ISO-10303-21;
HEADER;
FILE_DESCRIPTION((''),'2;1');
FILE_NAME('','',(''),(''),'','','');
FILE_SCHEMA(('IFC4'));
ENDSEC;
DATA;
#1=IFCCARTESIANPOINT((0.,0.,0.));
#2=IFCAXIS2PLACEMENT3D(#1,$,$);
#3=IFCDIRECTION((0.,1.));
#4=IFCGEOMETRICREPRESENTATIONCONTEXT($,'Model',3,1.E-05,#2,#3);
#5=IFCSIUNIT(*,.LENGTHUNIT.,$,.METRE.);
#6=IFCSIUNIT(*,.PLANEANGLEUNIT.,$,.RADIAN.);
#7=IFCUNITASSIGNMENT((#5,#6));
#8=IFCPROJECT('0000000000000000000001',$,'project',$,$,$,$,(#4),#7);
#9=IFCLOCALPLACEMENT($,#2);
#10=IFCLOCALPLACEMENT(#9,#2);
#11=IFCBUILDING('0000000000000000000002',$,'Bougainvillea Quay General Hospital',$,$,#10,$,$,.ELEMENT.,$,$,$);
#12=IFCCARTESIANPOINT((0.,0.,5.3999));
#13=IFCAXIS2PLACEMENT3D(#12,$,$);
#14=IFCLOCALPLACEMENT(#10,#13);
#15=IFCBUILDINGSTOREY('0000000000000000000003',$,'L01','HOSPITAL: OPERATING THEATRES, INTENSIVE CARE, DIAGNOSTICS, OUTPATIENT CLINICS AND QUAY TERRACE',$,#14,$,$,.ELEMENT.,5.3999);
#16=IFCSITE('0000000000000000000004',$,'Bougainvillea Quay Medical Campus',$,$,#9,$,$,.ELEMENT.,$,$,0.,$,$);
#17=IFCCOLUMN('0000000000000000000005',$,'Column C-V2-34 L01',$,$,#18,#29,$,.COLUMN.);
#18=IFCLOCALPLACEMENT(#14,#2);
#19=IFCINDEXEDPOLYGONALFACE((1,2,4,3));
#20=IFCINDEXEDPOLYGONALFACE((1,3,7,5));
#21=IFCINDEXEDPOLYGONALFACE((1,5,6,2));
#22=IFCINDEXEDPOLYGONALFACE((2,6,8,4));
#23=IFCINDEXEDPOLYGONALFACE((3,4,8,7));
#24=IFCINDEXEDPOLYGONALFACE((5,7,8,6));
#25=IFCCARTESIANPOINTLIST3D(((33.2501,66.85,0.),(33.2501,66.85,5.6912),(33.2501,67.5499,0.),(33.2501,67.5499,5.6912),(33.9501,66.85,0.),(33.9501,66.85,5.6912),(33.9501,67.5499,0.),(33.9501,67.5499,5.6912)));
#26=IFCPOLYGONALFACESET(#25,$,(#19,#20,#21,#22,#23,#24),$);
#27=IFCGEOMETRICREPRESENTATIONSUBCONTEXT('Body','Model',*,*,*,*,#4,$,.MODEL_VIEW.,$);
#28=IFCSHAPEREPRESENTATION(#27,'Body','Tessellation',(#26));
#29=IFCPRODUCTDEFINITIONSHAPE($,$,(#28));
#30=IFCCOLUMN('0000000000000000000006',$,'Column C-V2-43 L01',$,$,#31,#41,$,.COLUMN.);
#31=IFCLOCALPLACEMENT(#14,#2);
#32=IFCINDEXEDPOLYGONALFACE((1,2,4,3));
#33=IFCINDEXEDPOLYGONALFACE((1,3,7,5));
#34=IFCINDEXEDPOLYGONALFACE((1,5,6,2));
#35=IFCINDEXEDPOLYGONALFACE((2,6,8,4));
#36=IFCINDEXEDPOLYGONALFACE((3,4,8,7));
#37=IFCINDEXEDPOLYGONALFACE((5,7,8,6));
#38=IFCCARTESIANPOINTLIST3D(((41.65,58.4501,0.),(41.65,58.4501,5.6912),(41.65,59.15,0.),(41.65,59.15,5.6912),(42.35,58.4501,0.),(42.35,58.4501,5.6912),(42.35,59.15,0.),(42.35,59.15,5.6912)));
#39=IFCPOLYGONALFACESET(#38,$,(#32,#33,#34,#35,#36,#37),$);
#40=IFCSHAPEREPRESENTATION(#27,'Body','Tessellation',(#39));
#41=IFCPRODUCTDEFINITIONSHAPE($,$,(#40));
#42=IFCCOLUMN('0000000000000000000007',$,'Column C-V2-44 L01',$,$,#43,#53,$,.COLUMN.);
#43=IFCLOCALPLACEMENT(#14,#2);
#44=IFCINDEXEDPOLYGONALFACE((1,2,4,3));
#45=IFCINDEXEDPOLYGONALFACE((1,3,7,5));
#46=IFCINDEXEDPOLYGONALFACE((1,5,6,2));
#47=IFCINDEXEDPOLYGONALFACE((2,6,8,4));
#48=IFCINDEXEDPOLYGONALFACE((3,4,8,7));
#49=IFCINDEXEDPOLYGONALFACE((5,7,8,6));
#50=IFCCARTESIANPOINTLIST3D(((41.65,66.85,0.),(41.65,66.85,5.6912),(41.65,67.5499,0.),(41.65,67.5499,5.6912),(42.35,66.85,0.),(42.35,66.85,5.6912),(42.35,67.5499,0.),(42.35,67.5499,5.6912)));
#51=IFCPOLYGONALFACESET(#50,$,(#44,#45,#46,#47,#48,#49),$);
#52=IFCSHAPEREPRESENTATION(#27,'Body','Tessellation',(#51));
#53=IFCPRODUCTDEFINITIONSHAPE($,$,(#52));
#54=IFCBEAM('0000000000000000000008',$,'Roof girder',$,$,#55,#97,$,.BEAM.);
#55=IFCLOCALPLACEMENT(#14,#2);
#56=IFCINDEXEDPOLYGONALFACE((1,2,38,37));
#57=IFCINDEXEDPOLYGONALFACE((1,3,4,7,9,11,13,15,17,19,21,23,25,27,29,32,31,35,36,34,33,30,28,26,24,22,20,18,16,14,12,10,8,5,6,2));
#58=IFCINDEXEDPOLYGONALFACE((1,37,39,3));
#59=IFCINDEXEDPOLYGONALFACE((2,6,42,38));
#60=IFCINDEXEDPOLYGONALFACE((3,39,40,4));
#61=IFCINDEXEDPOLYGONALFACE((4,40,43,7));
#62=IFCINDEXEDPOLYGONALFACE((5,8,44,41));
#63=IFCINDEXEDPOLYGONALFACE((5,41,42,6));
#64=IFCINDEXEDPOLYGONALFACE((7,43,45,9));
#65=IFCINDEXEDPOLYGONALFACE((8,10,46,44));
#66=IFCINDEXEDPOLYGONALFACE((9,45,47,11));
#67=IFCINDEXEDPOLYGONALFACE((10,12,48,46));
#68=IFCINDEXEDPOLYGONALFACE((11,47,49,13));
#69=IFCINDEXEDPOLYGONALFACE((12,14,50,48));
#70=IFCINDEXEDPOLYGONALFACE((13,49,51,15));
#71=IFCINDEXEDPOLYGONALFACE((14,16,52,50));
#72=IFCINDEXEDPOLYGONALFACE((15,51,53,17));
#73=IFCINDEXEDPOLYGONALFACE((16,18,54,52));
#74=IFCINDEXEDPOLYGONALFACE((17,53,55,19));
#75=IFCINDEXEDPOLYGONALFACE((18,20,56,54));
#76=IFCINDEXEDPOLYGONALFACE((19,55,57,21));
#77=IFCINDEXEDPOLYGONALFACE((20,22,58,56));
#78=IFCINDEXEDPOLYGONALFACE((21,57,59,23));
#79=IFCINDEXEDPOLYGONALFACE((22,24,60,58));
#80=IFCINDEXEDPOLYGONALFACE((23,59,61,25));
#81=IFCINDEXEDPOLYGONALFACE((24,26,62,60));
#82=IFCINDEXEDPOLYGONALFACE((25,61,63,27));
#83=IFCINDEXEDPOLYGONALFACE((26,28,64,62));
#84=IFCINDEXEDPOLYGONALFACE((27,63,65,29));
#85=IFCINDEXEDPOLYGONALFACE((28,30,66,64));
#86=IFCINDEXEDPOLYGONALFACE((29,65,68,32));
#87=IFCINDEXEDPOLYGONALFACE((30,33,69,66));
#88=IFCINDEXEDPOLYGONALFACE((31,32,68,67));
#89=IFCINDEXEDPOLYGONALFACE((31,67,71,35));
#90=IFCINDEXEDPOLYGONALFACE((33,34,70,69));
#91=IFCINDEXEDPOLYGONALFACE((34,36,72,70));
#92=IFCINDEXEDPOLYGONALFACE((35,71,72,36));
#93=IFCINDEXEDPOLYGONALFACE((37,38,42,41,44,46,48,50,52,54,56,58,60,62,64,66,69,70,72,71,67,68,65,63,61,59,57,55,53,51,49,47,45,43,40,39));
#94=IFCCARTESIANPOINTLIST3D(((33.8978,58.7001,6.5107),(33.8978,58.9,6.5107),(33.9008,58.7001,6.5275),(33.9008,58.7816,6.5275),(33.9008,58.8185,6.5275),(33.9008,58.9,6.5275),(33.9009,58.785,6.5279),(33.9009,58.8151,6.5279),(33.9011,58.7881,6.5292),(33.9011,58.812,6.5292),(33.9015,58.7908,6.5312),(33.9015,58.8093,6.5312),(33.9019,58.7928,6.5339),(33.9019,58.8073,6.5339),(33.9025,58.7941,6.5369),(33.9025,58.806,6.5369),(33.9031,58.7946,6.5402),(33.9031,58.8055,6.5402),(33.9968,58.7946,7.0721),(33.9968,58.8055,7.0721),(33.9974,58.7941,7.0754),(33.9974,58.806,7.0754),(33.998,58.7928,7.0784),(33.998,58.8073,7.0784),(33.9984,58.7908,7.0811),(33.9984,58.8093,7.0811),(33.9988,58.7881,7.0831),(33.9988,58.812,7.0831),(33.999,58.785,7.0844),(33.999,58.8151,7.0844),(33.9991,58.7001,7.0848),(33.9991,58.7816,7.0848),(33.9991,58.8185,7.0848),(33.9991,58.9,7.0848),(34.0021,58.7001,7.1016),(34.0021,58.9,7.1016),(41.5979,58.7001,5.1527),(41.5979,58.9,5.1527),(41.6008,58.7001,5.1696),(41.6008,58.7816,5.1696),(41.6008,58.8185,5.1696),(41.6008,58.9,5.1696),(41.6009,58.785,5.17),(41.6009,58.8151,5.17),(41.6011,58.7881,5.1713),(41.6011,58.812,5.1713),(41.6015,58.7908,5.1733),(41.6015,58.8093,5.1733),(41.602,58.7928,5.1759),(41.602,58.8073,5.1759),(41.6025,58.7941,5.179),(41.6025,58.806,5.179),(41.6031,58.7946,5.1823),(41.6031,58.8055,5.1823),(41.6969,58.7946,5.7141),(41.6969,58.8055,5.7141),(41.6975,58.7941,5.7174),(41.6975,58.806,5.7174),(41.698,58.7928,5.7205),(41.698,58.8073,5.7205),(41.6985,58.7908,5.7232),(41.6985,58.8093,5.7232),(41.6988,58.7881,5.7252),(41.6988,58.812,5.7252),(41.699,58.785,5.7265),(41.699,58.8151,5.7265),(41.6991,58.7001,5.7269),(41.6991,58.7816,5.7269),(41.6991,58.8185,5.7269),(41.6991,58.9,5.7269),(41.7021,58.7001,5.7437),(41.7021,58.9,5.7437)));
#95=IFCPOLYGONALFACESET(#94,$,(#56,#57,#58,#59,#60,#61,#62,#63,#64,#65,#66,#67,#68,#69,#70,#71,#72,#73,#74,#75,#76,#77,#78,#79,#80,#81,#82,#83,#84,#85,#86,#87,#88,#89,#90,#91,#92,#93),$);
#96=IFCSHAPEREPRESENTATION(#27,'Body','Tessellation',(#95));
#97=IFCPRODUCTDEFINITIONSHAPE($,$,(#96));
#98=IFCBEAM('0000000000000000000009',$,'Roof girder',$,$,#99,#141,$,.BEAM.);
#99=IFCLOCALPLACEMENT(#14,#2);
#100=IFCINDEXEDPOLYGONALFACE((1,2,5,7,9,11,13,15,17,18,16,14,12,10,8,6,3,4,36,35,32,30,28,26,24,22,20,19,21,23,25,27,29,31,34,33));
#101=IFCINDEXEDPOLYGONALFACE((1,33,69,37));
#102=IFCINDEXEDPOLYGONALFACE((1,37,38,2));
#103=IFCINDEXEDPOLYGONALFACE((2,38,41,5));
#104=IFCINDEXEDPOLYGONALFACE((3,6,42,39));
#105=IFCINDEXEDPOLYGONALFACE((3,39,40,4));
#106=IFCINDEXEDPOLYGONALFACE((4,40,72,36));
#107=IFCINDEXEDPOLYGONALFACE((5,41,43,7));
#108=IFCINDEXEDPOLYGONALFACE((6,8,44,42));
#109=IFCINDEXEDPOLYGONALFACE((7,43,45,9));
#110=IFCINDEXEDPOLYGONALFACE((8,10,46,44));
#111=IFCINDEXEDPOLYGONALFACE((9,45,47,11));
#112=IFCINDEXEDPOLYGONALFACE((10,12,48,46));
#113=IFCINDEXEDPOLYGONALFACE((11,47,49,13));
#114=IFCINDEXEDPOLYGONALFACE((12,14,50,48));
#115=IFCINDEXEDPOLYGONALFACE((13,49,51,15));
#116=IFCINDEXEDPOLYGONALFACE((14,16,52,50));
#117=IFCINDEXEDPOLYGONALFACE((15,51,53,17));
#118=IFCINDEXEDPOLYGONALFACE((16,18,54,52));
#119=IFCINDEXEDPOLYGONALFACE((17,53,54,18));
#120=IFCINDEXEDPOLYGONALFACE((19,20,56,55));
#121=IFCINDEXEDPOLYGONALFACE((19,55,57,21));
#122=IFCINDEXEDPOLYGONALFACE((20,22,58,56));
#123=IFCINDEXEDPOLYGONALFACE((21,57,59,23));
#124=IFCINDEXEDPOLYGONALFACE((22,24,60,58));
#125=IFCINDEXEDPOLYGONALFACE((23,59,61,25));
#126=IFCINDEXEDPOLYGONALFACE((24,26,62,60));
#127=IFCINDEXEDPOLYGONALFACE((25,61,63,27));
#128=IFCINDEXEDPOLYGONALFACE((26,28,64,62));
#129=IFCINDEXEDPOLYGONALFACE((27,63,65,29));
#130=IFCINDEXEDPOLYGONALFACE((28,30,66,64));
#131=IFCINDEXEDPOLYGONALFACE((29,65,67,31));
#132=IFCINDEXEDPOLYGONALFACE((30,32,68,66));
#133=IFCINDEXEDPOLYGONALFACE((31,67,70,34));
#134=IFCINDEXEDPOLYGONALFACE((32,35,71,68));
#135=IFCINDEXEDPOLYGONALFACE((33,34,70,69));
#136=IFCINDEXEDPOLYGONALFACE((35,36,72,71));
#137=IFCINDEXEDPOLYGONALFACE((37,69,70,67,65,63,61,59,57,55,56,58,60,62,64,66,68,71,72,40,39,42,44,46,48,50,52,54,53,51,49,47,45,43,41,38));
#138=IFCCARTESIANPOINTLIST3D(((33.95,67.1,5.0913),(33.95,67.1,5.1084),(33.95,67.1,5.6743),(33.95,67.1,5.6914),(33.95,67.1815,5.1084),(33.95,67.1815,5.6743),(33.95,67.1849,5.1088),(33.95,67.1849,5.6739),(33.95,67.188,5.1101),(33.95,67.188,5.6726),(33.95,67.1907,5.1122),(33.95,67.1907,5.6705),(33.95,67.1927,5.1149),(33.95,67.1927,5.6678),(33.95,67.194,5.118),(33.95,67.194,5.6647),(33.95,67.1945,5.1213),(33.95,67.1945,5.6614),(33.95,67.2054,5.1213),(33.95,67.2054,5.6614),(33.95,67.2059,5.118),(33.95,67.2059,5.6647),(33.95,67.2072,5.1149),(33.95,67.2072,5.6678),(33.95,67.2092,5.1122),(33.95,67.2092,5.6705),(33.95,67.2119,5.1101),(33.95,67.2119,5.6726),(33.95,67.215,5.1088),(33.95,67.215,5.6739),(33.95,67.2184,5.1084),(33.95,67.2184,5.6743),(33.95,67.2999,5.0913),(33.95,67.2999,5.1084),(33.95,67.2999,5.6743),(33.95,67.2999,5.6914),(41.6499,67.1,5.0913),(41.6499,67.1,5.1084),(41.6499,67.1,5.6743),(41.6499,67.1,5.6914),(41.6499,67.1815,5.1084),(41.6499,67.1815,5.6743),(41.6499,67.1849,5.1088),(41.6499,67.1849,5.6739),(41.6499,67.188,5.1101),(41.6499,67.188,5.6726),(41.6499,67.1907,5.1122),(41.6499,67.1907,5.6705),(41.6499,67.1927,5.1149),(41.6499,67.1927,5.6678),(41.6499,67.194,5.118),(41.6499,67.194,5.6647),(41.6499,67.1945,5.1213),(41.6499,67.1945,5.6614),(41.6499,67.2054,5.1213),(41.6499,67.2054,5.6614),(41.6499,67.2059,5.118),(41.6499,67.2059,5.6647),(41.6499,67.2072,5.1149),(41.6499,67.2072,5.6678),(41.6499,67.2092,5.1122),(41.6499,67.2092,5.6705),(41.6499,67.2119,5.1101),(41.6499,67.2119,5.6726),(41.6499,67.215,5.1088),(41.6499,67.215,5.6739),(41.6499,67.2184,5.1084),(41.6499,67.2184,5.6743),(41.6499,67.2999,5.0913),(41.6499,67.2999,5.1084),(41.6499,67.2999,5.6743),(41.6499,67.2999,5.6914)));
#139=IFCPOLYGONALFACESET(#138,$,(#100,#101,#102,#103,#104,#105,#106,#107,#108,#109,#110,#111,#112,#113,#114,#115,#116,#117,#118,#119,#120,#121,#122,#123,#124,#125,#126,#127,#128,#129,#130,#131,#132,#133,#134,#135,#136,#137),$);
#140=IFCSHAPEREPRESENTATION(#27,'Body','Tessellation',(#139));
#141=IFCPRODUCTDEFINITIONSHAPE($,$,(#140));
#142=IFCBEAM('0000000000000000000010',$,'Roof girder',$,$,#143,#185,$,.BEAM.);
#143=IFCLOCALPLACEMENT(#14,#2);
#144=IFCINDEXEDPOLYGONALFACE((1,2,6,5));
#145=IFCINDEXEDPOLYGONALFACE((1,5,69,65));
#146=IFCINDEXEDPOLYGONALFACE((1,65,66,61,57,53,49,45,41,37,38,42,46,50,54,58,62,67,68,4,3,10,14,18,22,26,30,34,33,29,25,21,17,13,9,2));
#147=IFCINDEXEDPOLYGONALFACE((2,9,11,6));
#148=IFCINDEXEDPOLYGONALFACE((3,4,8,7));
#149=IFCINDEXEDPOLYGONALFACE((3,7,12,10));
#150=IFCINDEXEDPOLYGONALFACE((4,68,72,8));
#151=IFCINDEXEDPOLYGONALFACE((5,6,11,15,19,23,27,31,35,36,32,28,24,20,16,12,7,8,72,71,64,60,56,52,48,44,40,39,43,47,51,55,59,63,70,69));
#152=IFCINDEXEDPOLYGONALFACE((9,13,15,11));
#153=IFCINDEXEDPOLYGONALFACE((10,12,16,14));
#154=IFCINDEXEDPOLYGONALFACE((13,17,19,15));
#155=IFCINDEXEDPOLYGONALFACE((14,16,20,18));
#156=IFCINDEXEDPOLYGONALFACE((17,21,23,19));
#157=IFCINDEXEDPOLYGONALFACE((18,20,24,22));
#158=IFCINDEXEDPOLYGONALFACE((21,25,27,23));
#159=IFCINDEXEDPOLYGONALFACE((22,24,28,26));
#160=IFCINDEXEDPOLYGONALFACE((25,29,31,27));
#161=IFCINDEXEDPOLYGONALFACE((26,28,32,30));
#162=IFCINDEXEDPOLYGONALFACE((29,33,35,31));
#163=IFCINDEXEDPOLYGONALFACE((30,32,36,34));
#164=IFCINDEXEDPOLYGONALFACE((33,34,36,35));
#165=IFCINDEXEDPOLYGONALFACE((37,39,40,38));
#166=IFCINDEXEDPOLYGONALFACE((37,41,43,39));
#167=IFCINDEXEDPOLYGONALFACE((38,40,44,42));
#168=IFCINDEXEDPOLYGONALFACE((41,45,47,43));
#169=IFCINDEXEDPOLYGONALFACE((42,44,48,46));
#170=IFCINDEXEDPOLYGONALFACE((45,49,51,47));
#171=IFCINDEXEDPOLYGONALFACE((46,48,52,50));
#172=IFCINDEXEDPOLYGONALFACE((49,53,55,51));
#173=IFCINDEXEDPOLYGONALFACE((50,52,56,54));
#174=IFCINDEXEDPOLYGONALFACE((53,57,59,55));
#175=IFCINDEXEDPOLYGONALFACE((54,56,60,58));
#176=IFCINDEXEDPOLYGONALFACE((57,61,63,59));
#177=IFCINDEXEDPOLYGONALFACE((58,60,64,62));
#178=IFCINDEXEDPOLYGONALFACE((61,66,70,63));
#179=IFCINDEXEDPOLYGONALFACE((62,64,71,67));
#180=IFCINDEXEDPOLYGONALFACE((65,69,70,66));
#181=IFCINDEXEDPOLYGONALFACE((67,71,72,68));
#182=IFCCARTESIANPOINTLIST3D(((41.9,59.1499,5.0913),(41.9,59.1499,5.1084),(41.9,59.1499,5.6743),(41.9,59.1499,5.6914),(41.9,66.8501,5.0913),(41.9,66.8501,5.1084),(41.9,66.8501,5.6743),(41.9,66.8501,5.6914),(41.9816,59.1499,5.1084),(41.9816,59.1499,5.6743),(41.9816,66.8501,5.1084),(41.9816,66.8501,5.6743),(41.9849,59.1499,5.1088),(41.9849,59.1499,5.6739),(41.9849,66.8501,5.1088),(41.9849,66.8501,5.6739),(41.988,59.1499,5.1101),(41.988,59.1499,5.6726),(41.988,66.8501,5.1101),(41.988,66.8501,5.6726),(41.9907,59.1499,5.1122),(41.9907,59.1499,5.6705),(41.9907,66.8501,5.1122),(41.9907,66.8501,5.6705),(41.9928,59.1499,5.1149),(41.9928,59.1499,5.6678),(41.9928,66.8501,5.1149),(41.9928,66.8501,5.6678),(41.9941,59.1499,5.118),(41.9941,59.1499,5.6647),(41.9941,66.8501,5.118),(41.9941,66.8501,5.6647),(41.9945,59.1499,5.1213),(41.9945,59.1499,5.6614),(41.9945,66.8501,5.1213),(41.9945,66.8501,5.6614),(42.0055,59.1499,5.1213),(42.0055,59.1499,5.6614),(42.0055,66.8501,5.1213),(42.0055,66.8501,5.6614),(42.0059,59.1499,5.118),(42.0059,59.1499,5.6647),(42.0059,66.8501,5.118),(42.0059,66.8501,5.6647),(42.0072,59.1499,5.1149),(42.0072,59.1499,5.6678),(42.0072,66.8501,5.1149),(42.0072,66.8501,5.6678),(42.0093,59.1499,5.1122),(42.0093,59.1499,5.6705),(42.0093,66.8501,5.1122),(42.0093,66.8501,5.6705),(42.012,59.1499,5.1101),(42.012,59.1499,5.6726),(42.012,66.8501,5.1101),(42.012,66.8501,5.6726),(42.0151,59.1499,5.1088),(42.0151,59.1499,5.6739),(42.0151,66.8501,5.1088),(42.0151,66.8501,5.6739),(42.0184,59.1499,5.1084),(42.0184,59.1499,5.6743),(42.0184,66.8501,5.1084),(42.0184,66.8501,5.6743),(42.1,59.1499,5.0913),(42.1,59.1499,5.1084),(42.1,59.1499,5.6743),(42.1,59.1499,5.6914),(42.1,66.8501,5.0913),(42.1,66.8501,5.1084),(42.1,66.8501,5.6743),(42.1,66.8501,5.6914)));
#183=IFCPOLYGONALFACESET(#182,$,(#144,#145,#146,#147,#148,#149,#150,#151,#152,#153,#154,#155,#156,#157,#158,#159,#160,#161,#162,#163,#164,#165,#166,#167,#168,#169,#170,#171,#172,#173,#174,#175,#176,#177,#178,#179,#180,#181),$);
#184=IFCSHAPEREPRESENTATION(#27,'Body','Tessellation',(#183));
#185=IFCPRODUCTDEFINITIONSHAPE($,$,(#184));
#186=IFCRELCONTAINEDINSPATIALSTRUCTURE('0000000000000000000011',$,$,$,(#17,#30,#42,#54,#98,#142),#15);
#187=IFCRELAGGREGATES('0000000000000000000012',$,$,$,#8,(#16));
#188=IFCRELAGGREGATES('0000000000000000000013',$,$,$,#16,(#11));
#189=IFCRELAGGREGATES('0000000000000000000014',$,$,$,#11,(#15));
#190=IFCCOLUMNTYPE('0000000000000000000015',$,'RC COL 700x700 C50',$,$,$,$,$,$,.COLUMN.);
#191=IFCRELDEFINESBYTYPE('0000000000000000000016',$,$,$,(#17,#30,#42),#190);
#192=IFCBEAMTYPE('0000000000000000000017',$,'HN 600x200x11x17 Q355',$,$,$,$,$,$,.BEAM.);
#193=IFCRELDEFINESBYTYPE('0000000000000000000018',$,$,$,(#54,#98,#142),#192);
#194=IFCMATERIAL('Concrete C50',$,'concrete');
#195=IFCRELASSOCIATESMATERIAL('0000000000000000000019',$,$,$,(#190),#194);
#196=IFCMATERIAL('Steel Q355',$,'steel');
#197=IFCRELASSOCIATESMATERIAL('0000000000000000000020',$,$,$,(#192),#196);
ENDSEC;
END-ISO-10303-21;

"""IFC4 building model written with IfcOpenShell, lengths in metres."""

from ifc_helpers import new_model, si_unit, direction, frame, origin, origin_2d, place, context, subcontext, project, spatial, rectangle, i_section, extrude, material, material_profile, profile_set, type_object, element, save


model = new_model("IFC4")

# Units and contexts
model_context = context("Model", 3, precision=1e-05, world=origin(), true_north=direction((0.0, 1.0)))
body_context = subcontext(model_context, "Body", "Model", "MODEL_VIEW")
ifc_project = project(units=[si_unit("LENGTHUNIT", "METRE"), si_unit("PLANEANGLEUNIT", "RADIAN")], contexts=[model_context])

# Site, building, storey
site_placement = place(None, origin())
site = spatial("IfcSite", under=ifc_project, at=site_placement, Name="Bougainvillea Quay Medical Campus", CompositionType="ELEMENT", RefElevation=0.0)
building_placement = place(site_placement, origin())
building = spatial("IfcBuilding", under=site, at=building_placement, Name="Bougainvillea Quay General Hospital", CompositionType="ELEMENT")
storey_placement = place(building_placement, frame((0.0, 0.0, 5.3999)))
storey = spatial("IfcBuildingStorey", under=building, at=storey_placement, Name="L01", Description="HOSPITAL: OPERATING THEATRES, INTENSIVE CARE, DIAGNOSTICS, OUTPATIENT CLINICS AND QUAY TERRACE", CompositionType="ELEMENT", Elevation=5.3999)

# Columns
ifc_material_1 = material(Name="Concrete C50", Category="concrete")
ifc_material_profile_1 = material_profile(ifc_material_1, rectangle(XDim=0.7, YDim=0.7, at=origin_2d()))
ifc_profile_set_1 = profile_set([ifc_material_profile_1], Name="Concrete C50")
column_type = type_object("IfcColumnType", Name="RC COL 700x700 C50", PredefinedType="COLUMN", material=ifc_profile_set_1)
for number, where, z_axis, x_axis, name in (
    (1, (33.6001, 67.2, 0.0), (0.0, 0.0, 1.0), (1.0, 0.0, 0.0), "Column C-V2-34 L01"),
    (2, (42.0, 58.8, 0.0), (0.0, 0.0, 1.0), (1.0, 0.0, 0.0), "Column C-V2-43 L01"),
    (3, (42.0, 67.2, 0.0), (0.0, 0.0, 1.0), (1.0, 0.0, 0.0), "Column C-V2-44 L01"),
):
    element("IfcColumn", number, at=place(storey_placement, frame(where, z_axis=z_axis, x_axis=x_axis)), inside=storey, type_object=column_type, Name=name, PredefinedType="COLUMN", context=body_context, shape_type="SweptSolid", body=[
        extrude(rectangle(XDim=0.7, YDim=0.7, at=origin_2d()), origin(), (0.0, 0.0, 1.0), 5.6912),
    ])

# Beams
ifc_material_2 = material(Name="Steel Q355", Category="steel")
ifc_material_profile_2 = material_profile(ifc_material_2, i_section(OverallWidth=0.2, OverallDepth=0.6001, WebThickness=0.011, FlangeThickness=0.0171, FilletRadius=0.0129, at=origin_2d()))
ifc_profile_set_2 = profile_set([ifc_material_profile_2], Name="Steel Q355")
beam_type = type_object("IfcBeamType", Name="HN 600x200x11x17 Q355", PredefinedType="BEAM", material=ifc_profile_set_2)
beam_1_placement = place(storey_placement, frame((33.95, 58.8, 6.8062), z_axis=(0.984803, 0.0, -0.173673), x_axis=(0.0, 1.0, 0.0)))
element("IfcBeam", 4, at=beam_1_placement, inside=storey, type_object=beam_type, Name="Roof girder", PredefinedType="BEAM", context=body_context, shape_type="SweptSolid", body=[
    extrude(i_section(OverallWidth=0.2, OverallDepth=0.6001, WebThickness=0.011, FlangeThickness=0.0171, FilletRadius=0.0129, at=origin_2d()), origin(), (0.0, 0.0, 1.0), 7.8188),
])
beam_2_placement = place(storey_placement, frame((33.95, 67.2, 5.3914), z_axis=(1.0, 0.0, 0.0), x_axis=(0.0, 1.0, 0.0)))
element("IfcBeam", 5, at=beam_2_placement, inside=storey, type_object=beam_type, Name="Roof girder", PredefinedType="BEAM", context=body_context, shape_type="SweptSolid", body=[
    extrude(i_section(OverallWidth=0.2, OverallDepth=0.6001, WebThickness=0.011, FlangeThickness=0.0171, FilletRadius=0.0129, at=origin_2d()), origin(), (0.0, 0.0, 1.0), 7.7),
])
beam_3_placement = place(storey_placement, frame((42.0, 59.1499, 5.3914), z_axis=(0.0, 1.0, 0.0), x_axis=(-1.0, 0.0, 0.0)))
element("IfcBeam", 6, at=beam_3_placement, inside=storey, type_object=beam_type, Name="Roof girder", PredefinedType="BEAM", context=body_context, shape_type="SweptSolid", body=[
    extrude(i_section(OverallWidth=0.2, OverallDepth=0.6001, WebThickness=0.011, FlangeThickness=0.0171, FilletRadius=0.0129, at=origin_2d()), origin(), (0.0, 0.0, 1.0), 7.7002),
])

save(model, "model.ifc")
